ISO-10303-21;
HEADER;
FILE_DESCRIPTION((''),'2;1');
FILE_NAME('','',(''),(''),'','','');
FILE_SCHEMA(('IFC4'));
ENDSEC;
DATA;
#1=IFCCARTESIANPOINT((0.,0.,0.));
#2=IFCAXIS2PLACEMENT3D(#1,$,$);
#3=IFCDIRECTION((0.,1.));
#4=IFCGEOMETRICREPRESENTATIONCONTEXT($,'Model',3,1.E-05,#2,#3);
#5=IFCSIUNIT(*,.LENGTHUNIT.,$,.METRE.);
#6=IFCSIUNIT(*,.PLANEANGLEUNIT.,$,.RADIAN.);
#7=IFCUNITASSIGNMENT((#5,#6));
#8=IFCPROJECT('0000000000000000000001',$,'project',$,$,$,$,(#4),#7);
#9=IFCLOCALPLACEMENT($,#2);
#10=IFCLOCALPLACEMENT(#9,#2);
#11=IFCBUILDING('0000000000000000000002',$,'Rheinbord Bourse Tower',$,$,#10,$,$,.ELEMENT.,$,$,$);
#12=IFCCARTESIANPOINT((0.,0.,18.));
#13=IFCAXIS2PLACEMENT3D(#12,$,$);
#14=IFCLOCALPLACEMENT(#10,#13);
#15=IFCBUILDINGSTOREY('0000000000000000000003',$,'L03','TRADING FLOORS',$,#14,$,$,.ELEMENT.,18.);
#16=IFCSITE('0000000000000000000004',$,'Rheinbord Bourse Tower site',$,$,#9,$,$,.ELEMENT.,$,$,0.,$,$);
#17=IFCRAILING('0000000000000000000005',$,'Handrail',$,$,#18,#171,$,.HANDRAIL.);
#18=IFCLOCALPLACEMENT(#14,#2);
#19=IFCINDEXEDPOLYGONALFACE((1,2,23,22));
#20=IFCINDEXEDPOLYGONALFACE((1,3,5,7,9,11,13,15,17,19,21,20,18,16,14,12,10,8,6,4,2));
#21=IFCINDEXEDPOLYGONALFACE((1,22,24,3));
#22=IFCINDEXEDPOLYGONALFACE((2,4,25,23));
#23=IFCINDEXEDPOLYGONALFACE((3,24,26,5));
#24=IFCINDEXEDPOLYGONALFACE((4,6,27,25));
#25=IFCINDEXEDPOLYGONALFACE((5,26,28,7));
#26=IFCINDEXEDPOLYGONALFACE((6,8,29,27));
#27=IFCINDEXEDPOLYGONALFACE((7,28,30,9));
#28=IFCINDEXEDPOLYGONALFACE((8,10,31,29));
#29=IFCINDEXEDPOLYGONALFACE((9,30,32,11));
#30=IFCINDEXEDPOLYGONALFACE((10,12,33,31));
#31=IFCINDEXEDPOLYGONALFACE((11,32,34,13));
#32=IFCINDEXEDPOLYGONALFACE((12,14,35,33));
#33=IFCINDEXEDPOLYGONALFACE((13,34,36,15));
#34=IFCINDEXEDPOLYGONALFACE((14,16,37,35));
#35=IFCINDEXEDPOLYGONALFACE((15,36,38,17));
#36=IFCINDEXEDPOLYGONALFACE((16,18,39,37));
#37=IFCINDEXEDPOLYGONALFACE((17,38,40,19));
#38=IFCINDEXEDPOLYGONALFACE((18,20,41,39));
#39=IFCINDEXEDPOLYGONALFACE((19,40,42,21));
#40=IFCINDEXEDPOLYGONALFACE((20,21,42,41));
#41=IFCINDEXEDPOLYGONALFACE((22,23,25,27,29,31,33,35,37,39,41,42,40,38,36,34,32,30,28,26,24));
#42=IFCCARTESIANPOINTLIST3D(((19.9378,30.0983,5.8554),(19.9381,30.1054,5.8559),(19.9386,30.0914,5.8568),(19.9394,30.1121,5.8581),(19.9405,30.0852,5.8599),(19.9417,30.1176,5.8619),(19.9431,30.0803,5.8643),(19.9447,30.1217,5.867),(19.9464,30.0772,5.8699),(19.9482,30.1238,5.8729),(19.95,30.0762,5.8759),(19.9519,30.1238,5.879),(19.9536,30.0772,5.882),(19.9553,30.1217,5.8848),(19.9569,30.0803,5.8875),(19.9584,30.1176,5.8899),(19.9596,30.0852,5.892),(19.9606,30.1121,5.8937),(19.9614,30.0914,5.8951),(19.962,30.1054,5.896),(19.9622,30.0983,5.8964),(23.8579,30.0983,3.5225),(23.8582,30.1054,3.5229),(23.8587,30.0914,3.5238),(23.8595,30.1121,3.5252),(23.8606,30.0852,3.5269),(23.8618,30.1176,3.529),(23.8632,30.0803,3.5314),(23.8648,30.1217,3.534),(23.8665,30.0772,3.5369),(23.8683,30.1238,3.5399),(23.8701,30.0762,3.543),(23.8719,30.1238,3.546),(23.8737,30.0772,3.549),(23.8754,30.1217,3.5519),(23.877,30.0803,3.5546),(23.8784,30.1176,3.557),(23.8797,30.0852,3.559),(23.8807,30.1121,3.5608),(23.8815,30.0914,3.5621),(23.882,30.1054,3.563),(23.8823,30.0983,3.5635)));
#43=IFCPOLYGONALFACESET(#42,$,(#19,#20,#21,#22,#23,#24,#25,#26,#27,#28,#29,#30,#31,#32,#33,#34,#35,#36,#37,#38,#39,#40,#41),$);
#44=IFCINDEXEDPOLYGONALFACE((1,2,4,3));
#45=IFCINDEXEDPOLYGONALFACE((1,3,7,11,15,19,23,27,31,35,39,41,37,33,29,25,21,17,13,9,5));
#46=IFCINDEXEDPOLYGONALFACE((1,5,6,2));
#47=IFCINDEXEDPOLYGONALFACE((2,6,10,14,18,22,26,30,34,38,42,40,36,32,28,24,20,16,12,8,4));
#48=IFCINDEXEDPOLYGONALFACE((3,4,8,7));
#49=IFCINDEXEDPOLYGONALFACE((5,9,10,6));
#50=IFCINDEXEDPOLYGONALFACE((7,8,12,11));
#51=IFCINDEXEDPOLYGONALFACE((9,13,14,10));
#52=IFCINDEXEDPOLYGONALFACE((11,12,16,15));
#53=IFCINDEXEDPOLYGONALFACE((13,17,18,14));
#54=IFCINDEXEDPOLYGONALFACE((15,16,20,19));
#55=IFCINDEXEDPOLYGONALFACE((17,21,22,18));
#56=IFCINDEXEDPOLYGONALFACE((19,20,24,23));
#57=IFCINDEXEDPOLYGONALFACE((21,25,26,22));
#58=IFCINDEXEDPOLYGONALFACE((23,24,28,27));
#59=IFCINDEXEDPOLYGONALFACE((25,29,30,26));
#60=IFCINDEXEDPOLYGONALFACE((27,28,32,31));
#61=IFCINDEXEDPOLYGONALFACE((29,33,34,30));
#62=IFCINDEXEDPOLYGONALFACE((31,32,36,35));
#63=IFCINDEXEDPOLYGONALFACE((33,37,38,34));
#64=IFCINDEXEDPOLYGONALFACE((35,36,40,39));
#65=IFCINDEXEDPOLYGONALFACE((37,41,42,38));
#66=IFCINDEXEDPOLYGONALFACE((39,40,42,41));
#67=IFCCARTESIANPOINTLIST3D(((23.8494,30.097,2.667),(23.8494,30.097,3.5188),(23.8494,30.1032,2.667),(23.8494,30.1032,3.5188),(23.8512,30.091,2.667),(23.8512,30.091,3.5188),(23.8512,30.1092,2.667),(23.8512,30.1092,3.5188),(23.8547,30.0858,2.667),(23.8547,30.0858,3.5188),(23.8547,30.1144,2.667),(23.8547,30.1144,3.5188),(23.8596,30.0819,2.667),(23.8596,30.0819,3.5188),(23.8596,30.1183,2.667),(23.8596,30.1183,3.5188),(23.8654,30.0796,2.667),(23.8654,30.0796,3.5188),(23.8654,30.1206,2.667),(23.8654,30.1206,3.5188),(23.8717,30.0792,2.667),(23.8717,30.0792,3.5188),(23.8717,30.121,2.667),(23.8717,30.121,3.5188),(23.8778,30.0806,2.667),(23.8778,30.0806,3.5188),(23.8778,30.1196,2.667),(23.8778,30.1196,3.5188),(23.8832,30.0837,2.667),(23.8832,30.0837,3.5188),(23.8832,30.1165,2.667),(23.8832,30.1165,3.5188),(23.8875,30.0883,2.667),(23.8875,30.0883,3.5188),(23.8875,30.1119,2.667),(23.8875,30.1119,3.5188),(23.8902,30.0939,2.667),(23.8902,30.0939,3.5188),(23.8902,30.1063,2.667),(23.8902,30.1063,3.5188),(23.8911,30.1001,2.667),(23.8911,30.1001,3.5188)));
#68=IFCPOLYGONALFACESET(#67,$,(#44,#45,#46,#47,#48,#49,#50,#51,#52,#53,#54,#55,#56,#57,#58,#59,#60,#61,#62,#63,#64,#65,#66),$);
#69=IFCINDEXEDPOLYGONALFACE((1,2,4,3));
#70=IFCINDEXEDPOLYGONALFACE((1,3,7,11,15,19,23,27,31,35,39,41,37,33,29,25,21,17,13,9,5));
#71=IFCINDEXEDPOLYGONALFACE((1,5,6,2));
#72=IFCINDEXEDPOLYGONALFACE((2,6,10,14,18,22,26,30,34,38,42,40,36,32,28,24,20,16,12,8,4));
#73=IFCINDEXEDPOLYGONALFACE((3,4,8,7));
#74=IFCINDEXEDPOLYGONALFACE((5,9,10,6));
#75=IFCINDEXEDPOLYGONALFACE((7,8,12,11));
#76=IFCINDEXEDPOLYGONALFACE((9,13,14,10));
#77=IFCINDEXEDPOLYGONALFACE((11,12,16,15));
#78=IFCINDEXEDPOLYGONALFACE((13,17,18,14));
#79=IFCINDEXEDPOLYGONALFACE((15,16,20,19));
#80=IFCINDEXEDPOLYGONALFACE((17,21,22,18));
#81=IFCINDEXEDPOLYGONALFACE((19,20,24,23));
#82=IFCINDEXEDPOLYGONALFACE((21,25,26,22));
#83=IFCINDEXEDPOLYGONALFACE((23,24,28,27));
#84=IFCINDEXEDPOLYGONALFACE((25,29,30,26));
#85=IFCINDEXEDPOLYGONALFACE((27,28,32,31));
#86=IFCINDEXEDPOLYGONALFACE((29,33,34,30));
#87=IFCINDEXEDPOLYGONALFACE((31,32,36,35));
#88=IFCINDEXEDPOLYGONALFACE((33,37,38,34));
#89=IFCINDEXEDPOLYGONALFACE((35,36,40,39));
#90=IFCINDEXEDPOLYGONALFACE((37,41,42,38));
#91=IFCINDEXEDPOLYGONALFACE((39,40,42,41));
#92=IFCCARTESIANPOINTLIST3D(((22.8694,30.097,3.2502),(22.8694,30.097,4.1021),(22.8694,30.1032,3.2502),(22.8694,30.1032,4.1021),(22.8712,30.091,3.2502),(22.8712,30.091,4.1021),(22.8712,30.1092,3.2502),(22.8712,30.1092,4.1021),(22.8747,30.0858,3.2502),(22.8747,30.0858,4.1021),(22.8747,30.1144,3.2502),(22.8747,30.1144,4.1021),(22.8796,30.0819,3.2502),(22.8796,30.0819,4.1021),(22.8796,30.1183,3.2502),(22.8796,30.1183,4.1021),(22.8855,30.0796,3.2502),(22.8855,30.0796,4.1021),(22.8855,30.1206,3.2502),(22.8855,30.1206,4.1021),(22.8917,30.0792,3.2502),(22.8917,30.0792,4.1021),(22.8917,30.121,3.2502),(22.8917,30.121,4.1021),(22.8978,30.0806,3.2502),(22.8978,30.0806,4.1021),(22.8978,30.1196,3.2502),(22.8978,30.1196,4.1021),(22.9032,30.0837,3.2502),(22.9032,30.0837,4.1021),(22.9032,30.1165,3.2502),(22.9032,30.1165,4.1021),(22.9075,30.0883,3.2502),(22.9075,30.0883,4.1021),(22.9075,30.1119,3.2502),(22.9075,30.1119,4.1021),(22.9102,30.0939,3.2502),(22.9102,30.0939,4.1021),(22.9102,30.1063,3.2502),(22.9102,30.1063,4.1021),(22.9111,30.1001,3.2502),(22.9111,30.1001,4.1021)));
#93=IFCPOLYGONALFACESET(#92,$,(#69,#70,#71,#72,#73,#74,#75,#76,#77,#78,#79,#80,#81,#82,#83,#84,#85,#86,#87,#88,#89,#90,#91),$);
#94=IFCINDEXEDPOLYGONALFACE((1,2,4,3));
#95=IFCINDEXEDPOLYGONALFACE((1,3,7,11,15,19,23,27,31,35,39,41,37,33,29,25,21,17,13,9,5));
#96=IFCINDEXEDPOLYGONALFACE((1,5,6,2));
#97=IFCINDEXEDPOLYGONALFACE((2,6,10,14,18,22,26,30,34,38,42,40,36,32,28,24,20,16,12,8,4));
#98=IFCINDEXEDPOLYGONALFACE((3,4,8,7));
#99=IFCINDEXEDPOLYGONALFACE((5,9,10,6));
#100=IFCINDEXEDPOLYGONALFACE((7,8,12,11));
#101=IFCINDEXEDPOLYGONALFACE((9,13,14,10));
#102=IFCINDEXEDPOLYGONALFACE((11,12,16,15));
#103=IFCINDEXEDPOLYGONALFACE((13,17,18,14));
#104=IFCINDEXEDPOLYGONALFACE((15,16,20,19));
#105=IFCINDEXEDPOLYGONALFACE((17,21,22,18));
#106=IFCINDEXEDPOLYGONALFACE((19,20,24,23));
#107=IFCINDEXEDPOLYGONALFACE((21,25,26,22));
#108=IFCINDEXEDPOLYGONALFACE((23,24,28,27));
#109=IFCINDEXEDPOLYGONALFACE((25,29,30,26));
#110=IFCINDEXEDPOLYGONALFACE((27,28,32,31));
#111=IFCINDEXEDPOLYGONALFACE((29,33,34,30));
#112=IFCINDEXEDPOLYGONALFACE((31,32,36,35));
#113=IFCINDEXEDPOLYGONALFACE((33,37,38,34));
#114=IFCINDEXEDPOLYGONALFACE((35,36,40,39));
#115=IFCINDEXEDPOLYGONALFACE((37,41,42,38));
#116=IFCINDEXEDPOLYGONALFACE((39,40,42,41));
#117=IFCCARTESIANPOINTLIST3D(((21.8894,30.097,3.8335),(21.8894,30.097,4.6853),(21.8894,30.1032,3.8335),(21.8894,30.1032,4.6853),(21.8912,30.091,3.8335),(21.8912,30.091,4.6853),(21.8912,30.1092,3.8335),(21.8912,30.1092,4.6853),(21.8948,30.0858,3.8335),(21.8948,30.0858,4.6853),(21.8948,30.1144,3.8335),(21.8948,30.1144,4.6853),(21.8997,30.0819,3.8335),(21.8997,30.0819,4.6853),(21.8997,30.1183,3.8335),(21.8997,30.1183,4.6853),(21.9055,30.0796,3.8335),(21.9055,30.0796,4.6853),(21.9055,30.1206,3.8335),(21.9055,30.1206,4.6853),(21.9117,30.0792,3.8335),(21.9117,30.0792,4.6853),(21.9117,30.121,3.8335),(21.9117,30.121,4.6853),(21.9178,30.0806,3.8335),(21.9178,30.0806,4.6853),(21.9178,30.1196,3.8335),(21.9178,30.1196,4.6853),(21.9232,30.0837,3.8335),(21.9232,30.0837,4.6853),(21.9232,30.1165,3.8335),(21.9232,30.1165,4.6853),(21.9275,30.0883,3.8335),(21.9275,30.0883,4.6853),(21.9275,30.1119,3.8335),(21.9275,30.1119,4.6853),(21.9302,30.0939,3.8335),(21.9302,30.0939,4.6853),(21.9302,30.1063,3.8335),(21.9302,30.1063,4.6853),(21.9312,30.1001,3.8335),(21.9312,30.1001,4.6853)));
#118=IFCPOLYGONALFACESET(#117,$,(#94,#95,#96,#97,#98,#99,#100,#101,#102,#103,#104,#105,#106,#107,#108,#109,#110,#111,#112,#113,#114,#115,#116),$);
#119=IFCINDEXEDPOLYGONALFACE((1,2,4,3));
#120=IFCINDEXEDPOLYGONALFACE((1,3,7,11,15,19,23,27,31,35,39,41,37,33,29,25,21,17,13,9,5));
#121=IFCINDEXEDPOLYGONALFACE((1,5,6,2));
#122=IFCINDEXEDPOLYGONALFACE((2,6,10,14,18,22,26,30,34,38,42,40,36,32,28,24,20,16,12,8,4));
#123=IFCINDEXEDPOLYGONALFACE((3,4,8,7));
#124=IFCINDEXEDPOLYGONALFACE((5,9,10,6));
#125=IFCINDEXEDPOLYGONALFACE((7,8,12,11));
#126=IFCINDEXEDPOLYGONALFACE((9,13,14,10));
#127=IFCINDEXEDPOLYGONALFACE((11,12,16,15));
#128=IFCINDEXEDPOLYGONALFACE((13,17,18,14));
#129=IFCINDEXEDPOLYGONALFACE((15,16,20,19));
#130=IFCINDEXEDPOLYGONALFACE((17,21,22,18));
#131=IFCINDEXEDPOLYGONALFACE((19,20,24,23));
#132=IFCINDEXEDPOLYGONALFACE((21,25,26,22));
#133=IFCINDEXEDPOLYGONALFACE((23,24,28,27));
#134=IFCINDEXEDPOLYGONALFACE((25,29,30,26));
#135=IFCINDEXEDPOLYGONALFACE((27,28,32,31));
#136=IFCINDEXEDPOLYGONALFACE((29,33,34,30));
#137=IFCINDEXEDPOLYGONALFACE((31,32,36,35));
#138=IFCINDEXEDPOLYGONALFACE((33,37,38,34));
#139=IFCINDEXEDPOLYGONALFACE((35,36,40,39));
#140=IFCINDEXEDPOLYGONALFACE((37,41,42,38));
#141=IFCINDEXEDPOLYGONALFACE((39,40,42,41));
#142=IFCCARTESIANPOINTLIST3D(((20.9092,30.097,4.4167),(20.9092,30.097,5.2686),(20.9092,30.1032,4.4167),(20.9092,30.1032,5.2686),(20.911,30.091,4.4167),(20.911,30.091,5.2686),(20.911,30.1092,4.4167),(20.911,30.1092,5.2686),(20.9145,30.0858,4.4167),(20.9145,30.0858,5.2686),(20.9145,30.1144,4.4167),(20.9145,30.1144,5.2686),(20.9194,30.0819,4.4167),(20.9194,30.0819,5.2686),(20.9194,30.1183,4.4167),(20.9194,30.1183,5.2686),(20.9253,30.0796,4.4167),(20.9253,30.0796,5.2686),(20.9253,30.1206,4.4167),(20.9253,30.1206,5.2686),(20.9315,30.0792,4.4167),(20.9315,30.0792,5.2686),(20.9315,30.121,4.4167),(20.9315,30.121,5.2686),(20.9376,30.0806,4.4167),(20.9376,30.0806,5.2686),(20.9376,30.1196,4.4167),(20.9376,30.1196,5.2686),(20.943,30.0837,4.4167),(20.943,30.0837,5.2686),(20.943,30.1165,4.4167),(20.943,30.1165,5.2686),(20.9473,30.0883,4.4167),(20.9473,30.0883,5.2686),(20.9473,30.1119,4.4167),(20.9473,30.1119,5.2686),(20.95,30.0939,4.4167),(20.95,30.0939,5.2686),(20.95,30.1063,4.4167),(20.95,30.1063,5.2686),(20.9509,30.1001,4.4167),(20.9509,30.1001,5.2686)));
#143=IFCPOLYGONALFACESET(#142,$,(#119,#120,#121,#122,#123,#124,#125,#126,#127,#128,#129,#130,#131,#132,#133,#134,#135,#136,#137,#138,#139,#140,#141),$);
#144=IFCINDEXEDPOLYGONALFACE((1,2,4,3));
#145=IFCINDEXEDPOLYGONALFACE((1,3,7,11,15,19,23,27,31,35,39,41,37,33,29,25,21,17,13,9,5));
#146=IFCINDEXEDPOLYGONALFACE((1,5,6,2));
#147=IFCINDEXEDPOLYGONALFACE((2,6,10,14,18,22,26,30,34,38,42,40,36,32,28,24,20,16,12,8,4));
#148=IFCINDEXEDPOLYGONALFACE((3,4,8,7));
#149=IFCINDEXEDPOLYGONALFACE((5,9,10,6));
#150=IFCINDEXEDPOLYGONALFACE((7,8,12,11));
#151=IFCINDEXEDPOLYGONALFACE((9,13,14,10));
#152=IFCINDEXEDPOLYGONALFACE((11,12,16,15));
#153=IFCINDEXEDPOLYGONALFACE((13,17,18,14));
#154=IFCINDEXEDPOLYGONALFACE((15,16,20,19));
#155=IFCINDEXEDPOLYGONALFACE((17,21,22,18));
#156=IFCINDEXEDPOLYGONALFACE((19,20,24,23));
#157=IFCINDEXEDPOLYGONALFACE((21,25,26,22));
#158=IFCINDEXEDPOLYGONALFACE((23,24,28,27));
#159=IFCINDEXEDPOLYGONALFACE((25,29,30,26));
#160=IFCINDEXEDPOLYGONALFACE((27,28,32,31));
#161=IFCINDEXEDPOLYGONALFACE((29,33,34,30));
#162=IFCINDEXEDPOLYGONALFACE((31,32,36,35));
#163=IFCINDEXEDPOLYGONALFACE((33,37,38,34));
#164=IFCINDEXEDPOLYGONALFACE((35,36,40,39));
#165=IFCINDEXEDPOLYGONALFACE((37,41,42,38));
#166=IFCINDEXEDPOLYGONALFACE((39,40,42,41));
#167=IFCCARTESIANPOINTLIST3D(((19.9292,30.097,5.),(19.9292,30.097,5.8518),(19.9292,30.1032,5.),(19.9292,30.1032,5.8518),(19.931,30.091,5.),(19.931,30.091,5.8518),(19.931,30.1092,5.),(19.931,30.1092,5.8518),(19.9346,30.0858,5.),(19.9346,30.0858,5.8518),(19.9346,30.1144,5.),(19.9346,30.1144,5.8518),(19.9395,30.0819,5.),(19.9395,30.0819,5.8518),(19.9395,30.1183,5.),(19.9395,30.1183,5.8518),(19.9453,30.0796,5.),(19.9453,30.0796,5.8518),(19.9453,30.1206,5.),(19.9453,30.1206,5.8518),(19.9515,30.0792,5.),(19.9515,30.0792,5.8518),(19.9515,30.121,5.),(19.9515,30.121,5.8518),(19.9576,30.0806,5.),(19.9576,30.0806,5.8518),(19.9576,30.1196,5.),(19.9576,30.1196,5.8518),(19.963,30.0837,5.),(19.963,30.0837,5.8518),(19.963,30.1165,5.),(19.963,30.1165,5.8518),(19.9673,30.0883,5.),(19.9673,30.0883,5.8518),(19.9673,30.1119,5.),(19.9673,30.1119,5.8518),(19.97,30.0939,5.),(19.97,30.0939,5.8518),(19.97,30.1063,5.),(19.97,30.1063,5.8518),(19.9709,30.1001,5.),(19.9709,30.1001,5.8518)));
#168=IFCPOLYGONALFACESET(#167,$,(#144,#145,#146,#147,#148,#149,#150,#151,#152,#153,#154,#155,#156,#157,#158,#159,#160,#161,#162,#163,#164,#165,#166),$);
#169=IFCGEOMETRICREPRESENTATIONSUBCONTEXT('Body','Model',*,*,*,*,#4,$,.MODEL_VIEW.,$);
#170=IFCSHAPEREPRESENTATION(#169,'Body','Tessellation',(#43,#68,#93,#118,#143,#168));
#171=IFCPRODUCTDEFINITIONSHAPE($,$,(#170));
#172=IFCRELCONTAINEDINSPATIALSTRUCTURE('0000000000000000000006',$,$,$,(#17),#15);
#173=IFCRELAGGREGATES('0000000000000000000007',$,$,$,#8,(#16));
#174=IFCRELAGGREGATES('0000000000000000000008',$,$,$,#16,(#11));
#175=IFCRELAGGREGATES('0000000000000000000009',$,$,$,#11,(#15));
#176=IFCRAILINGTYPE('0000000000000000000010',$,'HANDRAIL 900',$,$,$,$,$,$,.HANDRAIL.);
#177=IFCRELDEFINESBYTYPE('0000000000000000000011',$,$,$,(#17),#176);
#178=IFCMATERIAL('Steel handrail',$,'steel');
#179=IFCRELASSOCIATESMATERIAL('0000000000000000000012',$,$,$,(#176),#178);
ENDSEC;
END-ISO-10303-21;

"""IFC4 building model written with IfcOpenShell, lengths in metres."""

from ifc_helpers import new_model, si_unit, direction, frame, origin, origin_2d, place, context, subcontext, project, spatial, circle, extrude, material, type_object, element, save


model = new_model("IFC4")

# Units and contexts
model_context = context("Model", 3, precision=1e-05, world=origin(), true_north=direction((0.0, 1.0)))
body_context = subcontext(model_context, "Body", "Model", "MODEL_VIEW")
ifc_project = project(units=[si_unit("LENGTHUNIT", "METRE"), si_unit("PLANEANGLEUNIT", "RADIAN")], contexts=[model_context])

# Site, building, storey
site_placement = place(None, origin())
site = spatial("IfcSite", under=ifc_project, at=site_placement, Name="Rheinbord Bourse Tower site", CompositionType="ELEMENT", RefElevation=0.0)
building_placement = place(site_placement, origin())
building = spatial("IfcBuilding", under=site, at=building_placement, Name="Rheinbord Bourse Tower", CompositionType="ELEMENT")
storey_placement = place(building_placement, frame((0.0, 0.0, 18.0)))
storey = spatial("IfcBuildingStorey", under=building, at=storey_placement, Name="L03", Description="TRADING FLOORS", CompositionType="ELEMENT", Elevation=18.0)

# Railing
ifc_material_1 = material(Name="Steel handrail", Category="steel")
railing_type = type_object("IfcRailingType", Name="HANDRAIL 900", PredefinedType="HANDRAIL", material=ifc_material_1)
railing_placement = place(storey_placement, frame((23.8701, 30.1001, 2.667)))
element("IfcRailing", 1, at=railing_placement, inside=storey, type_object=railing_type, Name="Handrail", PredefinedType="HANDRAIL", context=body_context, shape_type="SweptSolid", body=[
    extrude(circle(Radius=0.0239, at=origin_2d()), frame((0.0, 0.0, 0.876), z_axis=(-0.859334, 0.0, 0.511415), x_axis=(0.0, -1.0, 0.0)), (0.0, 0.0, 1.0), 4.5618),
    extrude(circle(Radius=0.021, at=origin_2d()), origin(), (0.0, 0.0, 1.0), 0.8518),
    extrude(circle(Radius=0.021, at=origin_2d()), frame((-0.98, 0.0, 0.5833)), (0.0, 0.0, 1.0), 0.8518),
    extrude(circle(Radius=0.021, at=origin_2d()), frame((-1.96, 0.0, 1.1665)), (0.0, 0.0, 1.0), 0.8518),
    extrude(circle(Radius=0.021, at=origin_2d()), frame((-2.9402, 0.0, 1.7498)), (0.0, 0.0, 1.0), 0.8518),
    extrude(circle(Radius=0.021, at=origin_2d()), frame((-3.9202, 0.0, 2.333)), (0.0, 0.0, 1.0), 0.8518),
])

save(model, "model.ifc")
